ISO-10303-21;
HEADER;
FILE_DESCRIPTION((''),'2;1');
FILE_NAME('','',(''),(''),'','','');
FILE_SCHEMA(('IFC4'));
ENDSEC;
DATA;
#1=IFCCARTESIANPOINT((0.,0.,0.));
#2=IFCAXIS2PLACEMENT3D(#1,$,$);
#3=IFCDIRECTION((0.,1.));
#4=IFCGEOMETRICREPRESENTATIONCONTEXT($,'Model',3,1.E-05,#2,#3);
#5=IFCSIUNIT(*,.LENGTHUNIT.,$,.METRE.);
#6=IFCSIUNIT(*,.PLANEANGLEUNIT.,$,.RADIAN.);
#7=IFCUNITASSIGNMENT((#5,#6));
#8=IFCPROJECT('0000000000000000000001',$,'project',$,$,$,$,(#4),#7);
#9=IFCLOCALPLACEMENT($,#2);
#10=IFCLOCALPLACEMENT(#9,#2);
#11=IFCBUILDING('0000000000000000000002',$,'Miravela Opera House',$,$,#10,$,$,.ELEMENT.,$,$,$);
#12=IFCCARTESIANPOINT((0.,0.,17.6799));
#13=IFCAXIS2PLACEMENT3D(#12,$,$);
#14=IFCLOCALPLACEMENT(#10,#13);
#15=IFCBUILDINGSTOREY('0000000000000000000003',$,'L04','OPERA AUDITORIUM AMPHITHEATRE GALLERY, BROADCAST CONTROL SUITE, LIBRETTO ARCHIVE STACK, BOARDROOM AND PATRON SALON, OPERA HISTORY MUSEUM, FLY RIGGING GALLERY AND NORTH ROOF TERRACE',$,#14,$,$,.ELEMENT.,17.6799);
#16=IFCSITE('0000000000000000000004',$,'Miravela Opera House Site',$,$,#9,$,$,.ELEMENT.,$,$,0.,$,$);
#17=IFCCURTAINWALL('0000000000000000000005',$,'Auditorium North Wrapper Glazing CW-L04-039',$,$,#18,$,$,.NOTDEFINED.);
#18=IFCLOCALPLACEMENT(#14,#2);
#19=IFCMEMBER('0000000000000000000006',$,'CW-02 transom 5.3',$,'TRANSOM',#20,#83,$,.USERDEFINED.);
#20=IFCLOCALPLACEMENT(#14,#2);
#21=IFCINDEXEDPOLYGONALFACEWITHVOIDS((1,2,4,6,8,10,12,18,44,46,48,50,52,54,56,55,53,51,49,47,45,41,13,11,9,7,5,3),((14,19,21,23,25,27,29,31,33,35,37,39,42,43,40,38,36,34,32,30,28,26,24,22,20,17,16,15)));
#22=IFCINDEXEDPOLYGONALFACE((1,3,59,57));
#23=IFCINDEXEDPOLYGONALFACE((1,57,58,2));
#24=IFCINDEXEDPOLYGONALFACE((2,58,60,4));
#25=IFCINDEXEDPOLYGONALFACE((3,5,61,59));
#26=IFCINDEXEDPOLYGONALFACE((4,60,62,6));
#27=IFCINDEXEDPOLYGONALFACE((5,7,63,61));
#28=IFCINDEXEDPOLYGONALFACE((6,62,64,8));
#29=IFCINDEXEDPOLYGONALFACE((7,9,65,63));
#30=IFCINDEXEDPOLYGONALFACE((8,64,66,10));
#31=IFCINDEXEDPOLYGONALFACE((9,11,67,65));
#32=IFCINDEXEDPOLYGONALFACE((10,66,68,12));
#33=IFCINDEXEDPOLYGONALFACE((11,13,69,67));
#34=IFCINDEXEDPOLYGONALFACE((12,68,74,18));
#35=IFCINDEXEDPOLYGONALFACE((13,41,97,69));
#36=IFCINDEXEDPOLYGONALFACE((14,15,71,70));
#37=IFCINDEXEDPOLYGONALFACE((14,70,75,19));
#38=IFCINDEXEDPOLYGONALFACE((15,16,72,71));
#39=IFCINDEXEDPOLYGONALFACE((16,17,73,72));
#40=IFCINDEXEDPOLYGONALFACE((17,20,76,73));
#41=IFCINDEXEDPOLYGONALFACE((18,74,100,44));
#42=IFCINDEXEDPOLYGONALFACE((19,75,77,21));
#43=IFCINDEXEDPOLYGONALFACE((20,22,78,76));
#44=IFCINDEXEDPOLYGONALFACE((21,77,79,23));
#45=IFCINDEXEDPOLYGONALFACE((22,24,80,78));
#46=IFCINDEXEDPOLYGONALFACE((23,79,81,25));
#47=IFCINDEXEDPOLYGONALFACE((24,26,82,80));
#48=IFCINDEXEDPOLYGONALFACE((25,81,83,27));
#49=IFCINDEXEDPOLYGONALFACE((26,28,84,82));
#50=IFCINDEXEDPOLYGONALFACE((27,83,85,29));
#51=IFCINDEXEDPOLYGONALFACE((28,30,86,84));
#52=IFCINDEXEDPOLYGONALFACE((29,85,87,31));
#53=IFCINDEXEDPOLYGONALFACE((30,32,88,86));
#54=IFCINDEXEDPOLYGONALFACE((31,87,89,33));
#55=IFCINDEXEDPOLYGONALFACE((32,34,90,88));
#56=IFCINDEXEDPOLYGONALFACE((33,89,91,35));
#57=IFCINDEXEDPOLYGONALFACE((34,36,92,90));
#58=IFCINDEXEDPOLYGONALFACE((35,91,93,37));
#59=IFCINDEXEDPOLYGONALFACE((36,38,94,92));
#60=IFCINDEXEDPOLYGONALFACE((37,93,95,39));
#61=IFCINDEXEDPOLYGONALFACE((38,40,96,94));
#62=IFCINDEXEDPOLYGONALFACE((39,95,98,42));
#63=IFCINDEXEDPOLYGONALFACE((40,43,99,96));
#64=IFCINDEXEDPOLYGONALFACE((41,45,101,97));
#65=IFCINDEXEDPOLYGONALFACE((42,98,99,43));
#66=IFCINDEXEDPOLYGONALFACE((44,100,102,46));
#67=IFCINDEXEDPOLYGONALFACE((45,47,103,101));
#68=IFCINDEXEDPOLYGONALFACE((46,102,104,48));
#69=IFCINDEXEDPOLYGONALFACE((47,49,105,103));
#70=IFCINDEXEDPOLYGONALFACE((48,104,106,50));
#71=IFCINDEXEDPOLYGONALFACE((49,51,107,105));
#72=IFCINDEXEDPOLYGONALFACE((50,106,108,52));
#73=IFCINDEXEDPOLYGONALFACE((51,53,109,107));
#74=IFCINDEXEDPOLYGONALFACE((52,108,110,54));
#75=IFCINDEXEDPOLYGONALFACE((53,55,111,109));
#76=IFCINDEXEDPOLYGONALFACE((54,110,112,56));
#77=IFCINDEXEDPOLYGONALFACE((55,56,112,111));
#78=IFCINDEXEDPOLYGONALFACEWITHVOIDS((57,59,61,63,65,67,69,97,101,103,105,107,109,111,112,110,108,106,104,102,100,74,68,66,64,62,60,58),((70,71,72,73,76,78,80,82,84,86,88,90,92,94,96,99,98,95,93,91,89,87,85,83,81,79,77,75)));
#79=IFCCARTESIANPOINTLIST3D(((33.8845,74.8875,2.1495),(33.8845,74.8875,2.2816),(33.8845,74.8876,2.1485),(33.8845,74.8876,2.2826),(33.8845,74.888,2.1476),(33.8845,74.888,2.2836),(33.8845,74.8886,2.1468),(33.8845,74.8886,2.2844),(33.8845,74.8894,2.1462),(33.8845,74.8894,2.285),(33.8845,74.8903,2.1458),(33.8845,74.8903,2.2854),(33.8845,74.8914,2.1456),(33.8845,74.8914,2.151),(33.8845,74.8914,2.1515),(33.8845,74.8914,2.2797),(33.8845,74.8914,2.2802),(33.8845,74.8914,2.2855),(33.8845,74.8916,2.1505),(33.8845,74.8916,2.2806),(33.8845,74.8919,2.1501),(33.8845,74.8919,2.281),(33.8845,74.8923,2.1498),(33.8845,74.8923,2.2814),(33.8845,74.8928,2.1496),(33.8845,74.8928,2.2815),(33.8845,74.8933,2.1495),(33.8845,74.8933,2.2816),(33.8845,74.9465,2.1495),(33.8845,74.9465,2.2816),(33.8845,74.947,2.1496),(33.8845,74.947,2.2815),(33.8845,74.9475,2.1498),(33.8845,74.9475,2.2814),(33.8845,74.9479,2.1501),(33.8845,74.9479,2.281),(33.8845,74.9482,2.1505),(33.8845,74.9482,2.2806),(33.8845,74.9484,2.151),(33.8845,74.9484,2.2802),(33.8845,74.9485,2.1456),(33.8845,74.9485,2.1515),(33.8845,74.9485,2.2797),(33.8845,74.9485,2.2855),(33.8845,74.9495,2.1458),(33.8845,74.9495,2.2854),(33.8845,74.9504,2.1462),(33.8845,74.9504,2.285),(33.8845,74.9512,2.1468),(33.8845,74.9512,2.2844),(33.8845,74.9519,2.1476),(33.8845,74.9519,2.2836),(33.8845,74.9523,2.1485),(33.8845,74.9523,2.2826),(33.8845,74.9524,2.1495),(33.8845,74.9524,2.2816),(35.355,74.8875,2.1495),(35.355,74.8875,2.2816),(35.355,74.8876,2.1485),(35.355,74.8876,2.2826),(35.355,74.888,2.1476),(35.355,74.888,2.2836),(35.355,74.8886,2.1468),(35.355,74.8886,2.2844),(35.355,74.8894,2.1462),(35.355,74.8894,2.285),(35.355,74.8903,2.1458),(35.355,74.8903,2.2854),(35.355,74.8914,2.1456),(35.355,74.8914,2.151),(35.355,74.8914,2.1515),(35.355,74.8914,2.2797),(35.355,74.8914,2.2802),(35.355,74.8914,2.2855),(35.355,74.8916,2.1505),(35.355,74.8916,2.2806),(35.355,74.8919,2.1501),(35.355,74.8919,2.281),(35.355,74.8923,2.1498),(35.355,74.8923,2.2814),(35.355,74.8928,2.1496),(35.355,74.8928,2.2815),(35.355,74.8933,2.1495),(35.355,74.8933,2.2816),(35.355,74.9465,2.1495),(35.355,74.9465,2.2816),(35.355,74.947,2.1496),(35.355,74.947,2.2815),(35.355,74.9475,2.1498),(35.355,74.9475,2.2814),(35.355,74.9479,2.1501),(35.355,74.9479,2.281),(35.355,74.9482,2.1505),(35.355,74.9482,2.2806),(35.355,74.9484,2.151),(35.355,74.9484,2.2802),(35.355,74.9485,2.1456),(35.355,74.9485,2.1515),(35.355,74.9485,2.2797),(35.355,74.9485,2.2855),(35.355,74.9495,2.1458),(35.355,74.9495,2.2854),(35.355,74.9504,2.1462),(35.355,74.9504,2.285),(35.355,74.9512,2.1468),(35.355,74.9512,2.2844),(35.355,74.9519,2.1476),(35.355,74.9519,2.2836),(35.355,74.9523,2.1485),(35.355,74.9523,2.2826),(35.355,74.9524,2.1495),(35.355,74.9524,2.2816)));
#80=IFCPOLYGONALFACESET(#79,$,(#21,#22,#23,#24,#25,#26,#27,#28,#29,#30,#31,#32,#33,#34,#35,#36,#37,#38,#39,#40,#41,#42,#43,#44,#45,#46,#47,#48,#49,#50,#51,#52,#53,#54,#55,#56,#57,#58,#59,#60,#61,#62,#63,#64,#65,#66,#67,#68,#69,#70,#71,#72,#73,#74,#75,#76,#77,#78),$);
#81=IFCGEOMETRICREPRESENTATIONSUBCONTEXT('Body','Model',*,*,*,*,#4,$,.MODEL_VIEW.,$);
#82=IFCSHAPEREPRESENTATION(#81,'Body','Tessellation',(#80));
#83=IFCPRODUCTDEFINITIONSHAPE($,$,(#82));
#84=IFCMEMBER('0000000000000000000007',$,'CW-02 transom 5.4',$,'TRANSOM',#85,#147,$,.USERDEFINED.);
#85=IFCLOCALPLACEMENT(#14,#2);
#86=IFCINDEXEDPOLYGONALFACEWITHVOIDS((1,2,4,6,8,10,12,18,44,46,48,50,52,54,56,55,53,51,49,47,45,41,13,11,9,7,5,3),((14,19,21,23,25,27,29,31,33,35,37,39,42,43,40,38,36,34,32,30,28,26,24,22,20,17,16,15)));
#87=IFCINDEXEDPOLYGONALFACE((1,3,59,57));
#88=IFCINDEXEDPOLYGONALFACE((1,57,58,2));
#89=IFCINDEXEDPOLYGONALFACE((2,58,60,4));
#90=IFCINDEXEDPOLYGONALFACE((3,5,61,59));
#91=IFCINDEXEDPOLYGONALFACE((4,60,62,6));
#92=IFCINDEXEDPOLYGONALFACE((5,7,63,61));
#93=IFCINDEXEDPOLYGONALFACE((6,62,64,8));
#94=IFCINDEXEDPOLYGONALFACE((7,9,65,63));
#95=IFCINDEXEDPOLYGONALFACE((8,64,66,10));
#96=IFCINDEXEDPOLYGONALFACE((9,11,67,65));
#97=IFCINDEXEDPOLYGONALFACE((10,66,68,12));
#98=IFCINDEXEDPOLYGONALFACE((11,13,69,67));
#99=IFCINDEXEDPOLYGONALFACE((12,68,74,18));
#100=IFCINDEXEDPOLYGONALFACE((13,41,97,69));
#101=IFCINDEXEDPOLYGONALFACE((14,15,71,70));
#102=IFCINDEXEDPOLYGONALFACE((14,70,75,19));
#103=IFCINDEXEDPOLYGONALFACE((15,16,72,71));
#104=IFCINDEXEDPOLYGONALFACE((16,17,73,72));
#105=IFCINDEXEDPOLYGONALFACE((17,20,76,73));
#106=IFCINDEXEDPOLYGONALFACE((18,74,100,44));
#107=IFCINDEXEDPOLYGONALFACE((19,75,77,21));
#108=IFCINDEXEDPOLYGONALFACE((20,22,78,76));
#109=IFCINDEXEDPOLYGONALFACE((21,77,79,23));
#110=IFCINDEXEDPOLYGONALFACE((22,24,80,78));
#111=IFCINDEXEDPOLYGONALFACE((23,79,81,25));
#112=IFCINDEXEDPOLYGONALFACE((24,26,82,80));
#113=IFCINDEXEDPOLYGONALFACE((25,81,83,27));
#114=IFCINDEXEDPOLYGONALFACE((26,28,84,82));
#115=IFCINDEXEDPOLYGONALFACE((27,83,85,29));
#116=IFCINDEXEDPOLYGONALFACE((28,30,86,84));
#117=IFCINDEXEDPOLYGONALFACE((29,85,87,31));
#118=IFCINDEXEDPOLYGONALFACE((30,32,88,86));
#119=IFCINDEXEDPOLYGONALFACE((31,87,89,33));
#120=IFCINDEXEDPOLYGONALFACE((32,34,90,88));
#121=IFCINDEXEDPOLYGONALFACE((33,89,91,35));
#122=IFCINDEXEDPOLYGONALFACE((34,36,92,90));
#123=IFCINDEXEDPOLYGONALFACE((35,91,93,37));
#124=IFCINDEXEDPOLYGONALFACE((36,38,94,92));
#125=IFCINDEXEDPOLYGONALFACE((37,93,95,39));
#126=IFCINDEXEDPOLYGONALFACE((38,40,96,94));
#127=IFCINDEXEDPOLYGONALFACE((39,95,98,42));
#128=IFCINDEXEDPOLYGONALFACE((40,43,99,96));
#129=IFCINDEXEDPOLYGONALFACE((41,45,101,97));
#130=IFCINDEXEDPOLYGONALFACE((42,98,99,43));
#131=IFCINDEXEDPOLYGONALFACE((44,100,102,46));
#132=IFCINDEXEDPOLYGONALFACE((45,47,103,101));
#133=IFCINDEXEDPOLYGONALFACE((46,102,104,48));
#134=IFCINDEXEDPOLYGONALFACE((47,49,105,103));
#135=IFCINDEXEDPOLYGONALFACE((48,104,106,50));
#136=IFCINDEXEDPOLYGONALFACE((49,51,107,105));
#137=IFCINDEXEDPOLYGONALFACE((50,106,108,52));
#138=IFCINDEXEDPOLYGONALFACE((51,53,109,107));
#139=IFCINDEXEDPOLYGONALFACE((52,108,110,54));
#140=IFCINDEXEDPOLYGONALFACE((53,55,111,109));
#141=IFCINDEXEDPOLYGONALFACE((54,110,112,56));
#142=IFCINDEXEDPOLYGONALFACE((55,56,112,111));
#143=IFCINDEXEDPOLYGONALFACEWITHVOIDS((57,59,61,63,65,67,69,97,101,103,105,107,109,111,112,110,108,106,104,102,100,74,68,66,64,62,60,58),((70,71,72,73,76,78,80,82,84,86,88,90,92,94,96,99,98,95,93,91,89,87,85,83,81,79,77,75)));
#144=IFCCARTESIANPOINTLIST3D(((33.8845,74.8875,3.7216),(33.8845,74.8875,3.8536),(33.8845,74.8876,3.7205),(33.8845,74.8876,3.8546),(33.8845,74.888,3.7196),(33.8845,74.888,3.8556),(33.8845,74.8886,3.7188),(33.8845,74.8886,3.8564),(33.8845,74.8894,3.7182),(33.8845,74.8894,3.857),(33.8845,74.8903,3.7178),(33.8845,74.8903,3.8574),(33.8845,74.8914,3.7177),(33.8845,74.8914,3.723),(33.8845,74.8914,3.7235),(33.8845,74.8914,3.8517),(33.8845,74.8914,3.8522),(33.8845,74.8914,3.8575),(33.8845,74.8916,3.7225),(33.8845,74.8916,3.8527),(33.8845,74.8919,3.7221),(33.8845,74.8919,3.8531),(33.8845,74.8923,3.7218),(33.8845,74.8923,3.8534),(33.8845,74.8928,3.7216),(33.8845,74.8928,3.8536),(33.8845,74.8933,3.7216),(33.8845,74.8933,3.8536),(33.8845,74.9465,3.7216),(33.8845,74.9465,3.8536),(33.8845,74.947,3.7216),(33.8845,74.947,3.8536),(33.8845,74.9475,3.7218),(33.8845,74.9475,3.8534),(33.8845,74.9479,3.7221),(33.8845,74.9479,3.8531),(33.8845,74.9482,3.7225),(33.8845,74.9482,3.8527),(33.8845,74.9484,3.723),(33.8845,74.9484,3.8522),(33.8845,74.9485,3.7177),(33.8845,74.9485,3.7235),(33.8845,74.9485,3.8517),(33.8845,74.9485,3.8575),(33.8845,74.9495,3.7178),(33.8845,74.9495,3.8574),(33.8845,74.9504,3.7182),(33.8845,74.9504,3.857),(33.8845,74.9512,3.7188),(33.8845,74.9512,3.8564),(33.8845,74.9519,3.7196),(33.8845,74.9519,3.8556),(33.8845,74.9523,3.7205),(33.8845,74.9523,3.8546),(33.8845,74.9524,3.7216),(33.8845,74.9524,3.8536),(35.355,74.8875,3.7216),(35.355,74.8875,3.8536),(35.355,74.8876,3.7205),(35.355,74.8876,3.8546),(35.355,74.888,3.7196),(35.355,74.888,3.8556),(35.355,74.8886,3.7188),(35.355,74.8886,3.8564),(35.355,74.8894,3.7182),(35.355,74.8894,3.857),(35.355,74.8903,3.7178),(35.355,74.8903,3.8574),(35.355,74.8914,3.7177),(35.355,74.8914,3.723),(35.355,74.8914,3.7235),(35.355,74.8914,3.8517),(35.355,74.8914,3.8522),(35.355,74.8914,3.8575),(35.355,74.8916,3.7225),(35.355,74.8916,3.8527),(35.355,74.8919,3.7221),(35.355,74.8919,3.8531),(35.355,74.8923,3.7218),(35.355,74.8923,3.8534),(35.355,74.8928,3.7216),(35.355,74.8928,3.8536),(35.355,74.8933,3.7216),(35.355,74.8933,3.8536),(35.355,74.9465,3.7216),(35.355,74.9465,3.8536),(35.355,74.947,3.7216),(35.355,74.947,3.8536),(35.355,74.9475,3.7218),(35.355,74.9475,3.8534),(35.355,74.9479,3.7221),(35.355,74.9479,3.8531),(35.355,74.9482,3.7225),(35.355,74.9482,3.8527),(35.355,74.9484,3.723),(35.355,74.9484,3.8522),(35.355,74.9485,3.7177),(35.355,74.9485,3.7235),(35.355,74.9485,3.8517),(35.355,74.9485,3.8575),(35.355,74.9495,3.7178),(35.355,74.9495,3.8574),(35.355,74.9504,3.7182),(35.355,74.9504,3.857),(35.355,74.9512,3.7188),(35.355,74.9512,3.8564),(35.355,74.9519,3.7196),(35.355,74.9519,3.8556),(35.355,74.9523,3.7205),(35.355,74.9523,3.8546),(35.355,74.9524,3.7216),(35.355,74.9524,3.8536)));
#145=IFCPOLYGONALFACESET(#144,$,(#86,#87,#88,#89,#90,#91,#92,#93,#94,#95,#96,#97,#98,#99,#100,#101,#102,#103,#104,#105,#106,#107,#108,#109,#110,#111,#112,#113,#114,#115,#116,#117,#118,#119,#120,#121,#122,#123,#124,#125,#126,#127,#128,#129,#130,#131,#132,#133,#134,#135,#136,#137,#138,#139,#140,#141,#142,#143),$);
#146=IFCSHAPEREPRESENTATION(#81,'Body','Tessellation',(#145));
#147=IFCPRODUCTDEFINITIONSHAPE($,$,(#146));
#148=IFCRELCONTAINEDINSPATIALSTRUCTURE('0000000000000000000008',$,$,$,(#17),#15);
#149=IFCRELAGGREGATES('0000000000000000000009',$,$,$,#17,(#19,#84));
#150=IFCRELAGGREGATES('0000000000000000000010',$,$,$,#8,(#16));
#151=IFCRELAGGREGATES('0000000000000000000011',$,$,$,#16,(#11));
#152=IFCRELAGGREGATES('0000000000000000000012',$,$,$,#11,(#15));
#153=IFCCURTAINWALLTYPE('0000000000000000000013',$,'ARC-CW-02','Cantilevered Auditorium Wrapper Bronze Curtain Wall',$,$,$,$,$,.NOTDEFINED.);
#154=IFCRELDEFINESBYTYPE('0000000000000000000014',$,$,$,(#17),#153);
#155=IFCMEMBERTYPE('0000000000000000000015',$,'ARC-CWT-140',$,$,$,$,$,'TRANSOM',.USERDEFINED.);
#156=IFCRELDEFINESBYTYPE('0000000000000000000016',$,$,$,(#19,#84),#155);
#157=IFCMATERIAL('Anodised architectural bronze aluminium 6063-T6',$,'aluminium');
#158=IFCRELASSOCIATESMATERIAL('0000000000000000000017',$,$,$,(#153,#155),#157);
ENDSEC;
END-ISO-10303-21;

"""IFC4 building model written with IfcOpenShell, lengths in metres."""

from ifc_helpers import new_model, si_unit, direction, frame, origin, origin_2d, place, context, subcontext, project, spatial, hollow_rectangle, extrude, material, material_profile, profile_set, type_object, element, aggregate, save


model = new_model("IFC4")

# Units and contexts
model_context = context("Model", 3, precision=1e-05, world=origin(), true_north=direction((0.0, 1.0)))
body_context = subcontext(model_context, "Body", "Model", "MODEL_VIEW")
ifc_project = project(units=[si_unit("LENGTHUNIT", "METRE"), si_unit("PLANEANGLEUNIT", "RADIAN")], contexts=[model_context])

# Site, building, storey
site_placement = place(None, origin())
site = spatial("IfcSite", under=ifc_project, at=site_placement, Name="Miravela Opera House Site", CompositionType="ELEMENT", RefElevation=0.0)
building_placement = place(site_placement, origin())
building = spatial("IfcBuilding", under=site, at=building_placement, Name="Miravela Opera House", CompositionType="ELEMENT")
storey_placement = place(building_placement, frame((0.0, 0.0, 17.6799)))
storey = spatial("IfcBuildingStorey", under=building, at=storey_placement, Name="L04", Description="OPERA AUDITORIUM AMPHITHEATRE GALLERY, BROADCAST CONTROL SUITE, LIBRETTO ARCHIVE STACK, BOARDROOM AND PATRON SALON, OPERA HISTORY MUSEUM, FLY RIGGING GALLERY AND NORTH ROOF TERRACE", CompositionType="ELEMENT", Elevation=17.6799)

# Curtain wall
ifc_material_1 = material(Name="Anodised architectural bronze aluminium 6063-T6", Category="aluminium")
curtain_wall_type = type_object("IfcCurtainWallType", Name="ARC-CW-02", Description="Cantilevered Auditorium Wrapper Bronze Curtain Wall", PredefinedType="NOTDEFINED", material=ifc_material_1)
curtain_wall_1_placement = place(storey_placement, origin())
curtain_wall_1 = element("IfcCurtainWall", 1, at=curtain_wall_1_placement, inside=storey, type_object=curtain_wall_type, Name="Auditorium North Wrapper Glazing CW-L04-039", PredefinedType="NOTDEFINED")

# Members
ifc_material_profile_1 = material_profile(ifc_material_1, hollow_rectangle(XDim=0.0649, YDim=0.1399, WallThickness=0.0039, InnerFilletRadius=0.002, OuterFilletRadius=0.0039, at=origin_2d()), Name="CWT-65X140")
ifc_profile_set_1 = profile_set([ifc_material_profile_1])
member_type_1 = type_object("IfcMemberType", Name="ARC-CWT-140", ElementType="TRANSOM", PredefinedType="USERDEFINED", material=ifc_profile_set_1)
member_1_placement = place(storey_placement, frame((33.8845, 74.9199, 2.2156), z_axis=(1.0, 0.0, 0.0), x_axis=(0.0, 1.0, 0.0)))
member_1 = element("IfcMember", 2, at=member_1_placement, type_object=member_type_1, Name="CW-02 transom 5.3", ObjectType="TRANSOM", PredefinedType="USERDEFINED", context=body_context, shape_type="SweptSolid", body=[
    extrude(hollow_rectangle(XDim=0.0649, YDim=0.1399, WallThickness=0.0039, InnerFilletRadius=0.002, OuterFilletRadius=0.0039, at=origin_2d()), origin(), (0.0, 0.0, 1.0), 1.4705),
])
member_2_placement = place(storey_placement, frame((33.8845, 74.9199, 3.7876), z_axis=(1.0, 0.0, 0.0), x_axis=(0.0, 1.0, 0.0)))
member_2 = element("IfcMember", 3, at=member_2_placement, type_object=member_type_1, Name="CW-02 transom 5.4", ObjectType="TRANSOM", PredefinedType="USERDEFINED", context=body_context, shape_type="SweptSolid", body=[
    extrude(hollow_rectangle(XDim=0.0649, YDim=0.1399, WallThickness=0.0039, InnerFilletRadius=0.002, OuterFilletRadius=0.0039, at=origin_2d()), origin(), (0.0, 0.0, 1.0), 1.4705),
])

aggregate(curtain_wall_1, [member_1, member_2])

save(model, "model.ifc")
